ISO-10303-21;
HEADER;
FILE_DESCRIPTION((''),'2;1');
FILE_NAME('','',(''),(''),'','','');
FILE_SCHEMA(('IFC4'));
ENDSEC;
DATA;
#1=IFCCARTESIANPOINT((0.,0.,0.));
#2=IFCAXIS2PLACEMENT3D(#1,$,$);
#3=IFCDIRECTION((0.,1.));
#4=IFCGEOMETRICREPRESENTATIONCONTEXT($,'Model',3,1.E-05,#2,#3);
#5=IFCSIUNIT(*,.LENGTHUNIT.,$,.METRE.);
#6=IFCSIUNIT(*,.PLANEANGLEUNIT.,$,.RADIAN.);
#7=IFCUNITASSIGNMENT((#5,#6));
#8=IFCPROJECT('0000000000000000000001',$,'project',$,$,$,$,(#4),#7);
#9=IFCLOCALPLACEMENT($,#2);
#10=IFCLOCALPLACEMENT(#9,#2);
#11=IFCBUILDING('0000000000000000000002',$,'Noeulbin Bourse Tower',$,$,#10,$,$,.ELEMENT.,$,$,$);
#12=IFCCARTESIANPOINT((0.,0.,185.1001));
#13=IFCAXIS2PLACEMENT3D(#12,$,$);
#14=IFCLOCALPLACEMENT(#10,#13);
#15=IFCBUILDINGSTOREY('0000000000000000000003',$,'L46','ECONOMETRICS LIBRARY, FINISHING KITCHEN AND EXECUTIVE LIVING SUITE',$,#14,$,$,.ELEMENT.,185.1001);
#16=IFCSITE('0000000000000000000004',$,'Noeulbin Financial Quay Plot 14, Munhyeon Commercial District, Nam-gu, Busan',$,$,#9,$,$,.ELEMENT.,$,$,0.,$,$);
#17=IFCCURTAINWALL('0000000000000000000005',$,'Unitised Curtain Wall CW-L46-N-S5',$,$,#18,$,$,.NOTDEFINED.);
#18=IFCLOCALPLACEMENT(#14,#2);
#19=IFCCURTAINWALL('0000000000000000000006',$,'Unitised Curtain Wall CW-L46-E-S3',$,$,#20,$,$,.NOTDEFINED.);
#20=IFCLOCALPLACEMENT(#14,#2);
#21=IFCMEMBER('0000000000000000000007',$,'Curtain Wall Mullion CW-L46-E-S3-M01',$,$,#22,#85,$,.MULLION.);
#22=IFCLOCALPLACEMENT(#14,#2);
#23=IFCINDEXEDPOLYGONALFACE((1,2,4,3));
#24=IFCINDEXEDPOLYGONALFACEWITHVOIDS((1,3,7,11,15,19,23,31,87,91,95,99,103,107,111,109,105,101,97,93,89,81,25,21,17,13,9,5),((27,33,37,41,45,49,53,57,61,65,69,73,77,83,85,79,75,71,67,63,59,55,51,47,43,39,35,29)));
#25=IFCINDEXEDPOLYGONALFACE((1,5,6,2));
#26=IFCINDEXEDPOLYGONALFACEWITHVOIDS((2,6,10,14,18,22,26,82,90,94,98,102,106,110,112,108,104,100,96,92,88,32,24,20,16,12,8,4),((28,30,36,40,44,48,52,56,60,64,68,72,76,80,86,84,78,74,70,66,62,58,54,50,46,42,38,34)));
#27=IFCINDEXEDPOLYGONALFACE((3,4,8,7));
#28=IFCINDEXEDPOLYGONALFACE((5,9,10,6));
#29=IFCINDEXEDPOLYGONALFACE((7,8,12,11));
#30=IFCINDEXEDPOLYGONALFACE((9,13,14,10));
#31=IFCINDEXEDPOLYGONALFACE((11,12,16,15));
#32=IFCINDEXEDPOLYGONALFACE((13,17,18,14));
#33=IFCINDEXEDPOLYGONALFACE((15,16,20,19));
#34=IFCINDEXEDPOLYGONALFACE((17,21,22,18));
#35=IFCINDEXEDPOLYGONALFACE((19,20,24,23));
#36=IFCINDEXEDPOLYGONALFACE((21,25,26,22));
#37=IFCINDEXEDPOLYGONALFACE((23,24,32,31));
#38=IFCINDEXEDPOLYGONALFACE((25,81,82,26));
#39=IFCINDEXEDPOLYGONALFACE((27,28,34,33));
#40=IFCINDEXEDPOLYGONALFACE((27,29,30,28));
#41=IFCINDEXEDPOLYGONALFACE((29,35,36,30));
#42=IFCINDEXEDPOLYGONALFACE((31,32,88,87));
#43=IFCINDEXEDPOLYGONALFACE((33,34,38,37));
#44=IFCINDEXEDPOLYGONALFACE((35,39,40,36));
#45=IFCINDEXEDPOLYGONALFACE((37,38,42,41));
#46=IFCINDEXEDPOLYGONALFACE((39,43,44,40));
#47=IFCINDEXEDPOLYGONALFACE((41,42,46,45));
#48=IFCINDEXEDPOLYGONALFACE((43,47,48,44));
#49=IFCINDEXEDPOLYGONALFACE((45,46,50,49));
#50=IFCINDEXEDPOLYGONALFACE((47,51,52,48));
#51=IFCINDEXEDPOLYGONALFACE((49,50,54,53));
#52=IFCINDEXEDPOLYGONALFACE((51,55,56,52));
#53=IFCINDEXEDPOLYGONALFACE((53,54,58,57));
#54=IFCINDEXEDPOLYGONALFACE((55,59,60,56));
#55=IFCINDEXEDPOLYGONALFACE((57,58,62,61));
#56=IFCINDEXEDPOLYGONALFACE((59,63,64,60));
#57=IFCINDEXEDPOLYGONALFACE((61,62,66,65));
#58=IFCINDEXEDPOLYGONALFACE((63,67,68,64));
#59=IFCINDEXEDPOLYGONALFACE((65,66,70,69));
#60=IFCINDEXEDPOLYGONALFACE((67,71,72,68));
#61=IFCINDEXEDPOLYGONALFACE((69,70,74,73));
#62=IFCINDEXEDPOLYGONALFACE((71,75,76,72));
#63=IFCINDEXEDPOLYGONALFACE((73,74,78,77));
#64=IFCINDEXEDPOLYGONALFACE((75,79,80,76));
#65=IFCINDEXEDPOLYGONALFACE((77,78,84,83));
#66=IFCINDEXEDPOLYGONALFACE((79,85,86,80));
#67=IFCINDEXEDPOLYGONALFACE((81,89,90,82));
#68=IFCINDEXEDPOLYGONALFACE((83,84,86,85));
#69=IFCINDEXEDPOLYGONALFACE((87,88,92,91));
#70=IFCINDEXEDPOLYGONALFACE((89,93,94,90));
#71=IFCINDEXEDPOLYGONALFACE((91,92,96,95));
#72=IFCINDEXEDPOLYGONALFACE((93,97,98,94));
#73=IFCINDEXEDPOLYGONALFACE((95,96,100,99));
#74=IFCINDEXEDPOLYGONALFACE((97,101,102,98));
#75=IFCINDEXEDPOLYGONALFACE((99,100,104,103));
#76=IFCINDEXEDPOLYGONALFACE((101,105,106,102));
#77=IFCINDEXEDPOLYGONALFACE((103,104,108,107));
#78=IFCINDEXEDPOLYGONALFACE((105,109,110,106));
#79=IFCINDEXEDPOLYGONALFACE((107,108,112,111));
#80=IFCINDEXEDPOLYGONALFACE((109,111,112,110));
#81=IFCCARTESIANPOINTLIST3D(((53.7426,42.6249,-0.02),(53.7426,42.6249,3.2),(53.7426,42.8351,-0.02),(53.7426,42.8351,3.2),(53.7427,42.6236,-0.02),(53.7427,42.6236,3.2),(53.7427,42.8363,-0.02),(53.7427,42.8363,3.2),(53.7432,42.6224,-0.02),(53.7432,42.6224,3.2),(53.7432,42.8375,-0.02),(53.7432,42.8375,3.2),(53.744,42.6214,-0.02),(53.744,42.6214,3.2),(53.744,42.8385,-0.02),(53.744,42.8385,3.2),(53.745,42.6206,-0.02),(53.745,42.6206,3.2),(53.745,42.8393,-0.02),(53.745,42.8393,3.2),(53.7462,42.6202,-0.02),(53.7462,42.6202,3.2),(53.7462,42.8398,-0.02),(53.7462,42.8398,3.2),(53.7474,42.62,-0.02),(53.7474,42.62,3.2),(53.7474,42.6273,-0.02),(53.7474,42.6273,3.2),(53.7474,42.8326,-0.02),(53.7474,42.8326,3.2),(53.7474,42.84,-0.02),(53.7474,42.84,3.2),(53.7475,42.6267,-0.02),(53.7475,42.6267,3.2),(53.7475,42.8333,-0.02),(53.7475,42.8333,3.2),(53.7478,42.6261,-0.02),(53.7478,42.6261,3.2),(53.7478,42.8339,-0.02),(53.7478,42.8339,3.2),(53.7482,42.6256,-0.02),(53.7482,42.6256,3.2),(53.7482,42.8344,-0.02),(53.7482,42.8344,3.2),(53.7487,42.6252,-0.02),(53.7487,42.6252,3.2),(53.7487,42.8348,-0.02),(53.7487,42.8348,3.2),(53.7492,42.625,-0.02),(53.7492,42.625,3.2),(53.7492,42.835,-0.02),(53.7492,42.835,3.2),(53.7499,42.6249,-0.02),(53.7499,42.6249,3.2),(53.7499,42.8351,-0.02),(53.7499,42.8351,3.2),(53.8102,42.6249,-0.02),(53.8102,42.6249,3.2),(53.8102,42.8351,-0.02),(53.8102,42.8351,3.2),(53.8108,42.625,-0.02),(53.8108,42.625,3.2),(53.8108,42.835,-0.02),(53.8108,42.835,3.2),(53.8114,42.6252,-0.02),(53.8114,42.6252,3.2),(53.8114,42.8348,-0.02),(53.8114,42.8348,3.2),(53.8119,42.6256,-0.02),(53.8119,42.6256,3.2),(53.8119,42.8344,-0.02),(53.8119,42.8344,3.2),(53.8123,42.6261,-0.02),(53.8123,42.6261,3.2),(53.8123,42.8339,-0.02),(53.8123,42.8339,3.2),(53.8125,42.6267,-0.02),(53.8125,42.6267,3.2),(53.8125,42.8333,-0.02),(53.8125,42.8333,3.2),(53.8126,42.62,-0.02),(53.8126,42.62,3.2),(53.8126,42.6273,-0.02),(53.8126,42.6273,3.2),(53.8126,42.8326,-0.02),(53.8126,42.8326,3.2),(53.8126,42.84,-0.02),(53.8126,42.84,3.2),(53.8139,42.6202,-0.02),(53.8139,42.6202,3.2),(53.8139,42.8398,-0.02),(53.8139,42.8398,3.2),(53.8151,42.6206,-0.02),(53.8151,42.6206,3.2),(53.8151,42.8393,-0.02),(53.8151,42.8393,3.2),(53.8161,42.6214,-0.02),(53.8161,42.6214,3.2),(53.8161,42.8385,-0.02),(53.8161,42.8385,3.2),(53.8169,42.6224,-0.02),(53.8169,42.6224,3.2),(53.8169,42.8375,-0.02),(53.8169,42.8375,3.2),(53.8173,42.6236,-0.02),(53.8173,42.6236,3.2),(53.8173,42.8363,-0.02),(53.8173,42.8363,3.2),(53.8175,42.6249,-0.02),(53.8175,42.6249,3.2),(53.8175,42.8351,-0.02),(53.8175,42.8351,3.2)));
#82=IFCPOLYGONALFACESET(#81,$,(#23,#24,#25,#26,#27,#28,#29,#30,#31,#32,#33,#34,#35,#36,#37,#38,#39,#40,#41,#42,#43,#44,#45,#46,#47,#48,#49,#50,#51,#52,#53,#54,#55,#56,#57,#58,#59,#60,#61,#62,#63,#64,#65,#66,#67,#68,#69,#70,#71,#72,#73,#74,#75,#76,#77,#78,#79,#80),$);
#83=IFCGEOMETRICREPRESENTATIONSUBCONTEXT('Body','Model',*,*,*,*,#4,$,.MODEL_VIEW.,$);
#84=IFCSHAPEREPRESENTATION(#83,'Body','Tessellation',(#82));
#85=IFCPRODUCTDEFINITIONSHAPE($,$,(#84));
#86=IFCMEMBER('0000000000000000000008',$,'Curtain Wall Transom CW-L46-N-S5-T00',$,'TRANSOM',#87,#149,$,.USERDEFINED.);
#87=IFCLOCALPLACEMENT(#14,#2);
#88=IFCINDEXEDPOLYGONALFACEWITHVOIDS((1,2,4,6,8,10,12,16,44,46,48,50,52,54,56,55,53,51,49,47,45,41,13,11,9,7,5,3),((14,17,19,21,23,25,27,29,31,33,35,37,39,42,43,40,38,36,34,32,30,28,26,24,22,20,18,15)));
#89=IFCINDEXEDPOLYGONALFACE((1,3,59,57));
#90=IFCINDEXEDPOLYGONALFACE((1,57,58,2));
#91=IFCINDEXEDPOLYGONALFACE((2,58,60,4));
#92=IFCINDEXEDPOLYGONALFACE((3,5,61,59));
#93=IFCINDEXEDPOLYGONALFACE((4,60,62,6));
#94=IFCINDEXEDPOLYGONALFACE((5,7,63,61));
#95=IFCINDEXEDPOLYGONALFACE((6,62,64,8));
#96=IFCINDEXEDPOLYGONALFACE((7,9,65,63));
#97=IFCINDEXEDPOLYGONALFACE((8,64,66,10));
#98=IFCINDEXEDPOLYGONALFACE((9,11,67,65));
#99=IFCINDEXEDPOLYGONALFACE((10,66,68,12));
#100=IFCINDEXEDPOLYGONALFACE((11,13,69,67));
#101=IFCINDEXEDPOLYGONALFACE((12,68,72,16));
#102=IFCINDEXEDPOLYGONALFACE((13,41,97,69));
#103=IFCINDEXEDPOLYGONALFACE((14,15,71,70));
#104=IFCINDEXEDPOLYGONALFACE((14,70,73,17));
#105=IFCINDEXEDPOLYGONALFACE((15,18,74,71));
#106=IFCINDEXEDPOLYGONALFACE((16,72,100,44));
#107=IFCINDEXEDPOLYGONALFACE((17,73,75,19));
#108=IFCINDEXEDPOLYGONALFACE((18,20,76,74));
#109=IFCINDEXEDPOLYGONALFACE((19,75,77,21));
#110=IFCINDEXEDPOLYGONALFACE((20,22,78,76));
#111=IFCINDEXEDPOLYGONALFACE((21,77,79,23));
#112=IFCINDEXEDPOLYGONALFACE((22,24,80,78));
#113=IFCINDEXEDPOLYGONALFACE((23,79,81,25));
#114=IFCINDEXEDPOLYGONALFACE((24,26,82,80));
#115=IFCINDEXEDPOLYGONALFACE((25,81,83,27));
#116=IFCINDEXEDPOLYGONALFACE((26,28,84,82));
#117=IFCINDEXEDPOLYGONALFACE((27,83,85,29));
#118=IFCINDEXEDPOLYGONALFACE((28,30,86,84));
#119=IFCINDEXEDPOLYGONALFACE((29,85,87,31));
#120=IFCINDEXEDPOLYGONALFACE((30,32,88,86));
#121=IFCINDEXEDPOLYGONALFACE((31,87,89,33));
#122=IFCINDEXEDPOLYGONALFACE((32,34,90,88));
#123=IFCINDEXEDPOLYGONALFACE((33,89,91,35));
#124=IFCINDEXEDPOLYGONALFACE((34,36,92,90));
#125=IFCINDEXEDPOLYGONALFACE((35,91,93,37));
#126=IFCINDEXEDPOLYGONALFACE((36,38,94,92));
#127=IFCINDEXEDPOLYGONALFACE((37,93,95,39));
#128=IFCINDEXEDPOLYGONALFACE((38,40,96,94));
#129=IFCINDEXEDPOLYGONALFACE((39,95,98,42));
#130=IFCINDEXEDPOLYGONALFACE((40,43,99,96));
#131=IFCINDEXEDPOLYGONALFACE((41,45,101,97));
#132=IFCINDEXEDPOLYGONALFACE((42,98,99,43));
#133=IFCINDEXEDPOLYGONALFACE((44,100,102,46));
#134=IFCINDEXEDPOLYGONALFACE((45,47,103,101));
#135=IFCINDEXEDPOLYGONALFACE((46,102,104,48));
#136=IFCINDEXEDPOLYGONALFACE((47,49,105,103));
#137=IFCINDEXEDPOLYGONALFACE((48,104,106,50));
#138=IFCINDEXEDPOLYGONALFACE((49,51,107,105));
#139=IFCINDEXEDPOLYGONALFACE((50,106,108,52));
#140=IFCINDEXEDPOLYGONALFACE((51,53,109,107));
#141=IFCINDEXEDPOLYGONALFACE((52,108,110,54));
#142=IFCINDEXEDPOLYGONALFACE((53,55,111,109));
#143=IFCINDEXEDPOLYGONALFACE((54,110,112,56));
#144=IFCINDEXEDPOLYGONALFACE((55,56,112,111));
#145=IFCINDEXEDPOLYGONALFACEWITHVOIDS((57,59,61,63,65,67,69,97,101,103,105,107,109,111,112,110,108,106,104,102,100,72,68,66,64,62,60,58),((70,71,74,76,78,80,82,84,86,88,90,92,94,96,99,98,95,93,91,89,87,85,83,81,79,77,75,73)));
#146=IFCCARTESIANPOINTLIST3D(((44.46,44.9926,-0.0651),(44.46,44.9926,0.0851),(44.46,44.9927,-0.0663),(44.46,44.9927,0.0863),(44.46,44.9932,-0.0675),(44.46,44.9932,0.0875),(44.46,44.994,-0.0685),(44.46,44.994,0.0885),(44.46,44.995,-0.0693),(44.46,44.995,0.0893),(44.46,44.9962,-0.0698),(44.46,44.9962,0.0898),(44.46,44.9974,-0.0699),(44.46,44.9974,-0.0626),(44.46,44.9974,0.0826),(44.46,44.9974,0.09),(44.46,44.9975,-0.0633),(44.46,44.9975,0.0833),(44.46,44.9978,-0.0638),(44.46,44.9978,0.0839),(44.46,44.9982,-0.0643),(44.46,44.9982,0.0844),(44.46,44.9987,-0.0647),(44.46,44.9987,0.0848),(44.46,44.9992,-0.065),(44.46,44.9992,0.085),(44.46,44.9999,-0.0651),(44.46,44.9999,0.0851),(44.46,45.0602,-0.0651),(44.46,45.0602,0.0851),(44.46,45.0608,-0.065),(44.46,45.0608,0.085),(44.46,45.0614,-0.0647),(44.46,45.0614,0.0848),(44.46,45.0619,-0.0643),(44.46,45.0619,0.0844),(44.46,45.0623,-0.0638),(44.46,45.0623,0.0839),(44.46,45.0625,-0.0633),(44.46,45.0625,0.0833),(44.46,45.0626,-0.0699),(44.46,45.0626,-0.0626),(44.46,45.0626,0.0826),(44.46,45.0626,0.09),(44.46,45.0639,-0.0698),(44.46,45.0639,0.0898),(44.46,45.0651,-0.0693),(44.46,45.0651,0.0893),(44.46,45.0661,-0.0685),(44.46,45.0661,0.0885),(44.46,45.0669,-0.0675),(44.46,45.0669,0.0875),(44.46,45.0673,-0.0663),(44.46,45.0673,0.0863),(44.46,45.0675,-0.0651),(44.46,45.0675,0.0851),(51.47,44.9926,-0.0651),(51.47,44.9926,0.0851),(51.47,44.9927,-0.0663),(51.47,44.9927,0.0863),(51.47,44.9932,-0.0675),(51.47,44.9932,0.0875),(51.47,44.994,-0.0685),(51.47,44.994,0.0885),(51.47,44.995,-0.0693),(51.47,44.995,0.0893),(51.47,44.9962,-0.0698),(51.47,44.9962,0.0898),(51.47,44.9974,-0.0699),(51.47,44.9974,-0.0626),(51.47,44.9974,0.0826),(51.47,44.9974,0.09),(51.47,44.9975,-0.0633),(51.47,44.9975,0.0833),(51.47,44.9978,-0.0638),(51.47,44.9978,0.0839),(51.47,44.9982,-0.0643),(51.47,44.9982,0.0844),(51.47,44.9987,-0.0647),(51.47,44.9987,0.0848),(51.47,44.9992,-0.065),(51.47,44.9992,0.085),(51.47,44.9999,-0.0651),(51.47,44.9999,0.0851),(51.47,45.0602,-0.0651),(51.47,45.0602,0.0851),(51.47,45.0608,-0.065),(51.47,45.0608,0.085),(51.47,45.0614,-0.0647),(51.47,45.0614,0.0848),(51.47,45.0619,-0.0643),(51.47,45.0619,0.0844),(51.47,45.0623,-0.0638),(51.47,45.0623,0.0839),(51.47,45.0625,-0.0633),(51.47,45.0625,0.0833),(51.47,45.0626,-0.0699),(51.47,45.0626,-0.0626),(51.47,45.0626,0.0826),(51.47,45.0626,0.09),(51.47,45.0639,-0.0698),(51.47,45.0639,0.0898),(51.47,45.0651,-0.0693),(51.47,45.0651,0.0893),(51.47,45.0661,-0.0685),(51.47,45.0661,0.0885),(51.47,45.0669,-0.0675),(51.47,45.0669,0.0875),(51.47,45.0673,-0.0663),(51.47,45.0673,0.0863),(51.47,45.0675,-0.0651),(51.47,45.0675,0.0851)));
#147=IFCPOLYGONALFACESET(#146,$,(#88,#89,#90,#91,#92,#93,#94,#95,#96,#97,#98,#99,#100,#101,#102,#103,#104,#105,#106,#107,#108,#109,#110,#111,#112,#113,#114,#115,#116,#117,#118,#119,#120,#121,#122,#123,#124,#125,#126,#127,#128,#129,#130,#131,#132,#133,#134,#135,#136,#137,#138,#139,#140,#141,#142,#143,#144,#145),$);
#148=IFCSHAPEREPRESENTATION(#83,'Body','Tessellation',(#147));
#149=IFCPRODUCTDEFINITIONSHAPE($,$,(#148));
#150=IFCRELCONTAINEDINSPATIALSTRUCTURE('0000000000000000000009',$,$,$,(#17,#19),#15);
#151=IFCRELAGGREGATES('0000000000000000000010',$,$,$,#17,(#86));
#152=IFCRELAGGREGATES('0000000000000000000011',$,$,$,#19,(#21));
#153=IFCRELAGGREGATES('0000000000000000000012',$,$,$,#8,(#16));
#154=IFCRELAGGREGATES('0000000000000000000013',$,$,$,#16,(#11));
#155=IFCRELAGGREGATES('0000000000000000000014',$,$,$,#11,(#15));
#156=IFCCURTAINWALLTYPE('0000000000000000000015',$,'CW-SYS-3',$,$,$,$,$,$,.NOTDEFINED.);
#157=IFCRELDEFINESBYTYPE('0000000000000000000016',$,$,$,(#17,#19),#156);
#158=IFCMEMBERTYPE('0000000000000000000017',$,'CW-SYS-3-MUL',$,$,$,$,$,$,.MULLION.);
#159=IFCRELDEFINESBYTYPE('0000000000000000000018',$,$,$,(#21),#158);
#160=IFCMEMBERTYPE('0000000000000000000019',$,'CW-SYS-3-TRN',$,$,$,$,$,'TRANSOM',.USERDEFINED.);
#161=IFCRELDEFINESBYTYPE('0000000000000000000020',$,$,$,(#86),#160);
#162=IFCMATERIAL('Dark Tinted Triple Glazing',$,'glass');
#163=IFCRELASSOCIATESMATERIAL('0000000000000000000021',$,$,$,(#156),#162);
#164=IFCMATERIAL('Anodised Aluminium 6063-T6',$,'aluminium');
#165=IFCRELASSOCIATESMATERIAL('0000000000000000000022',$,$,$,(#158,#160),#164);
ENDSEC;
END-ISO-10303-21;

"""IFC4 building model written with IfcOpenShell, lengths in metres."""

from ifc_helpers import new_model, si_unit, direction, frame, origin, origin_2d, place, context, subcontext, project, spatial, hollow_rectangle, extrude, material, material_profile, profile_set, type_object, element, aggregate, save


model = new_model("IFC4")

# Units and contexts
model_context = context("Model", 3, precision=1e-05, world=origin(), true_north=direction((0.0, 1.0)))
body_context = subcontext(model_context, "Body", "Model", "MODEL_VIEW")
ifc_project = project(units=[si_unit("LENGTHUNIT", "METRE"), si_unit("PLANEANGLEUNIT", "RADIAN")], contexts=[model_context])

# Site, building, storey
site_placement = place(None, origin())
site = spatial("IfcSite", under=ifc_project, at=site_placement, Name="Noeulbin Financial Quay Plot 14, Munhyeon Commercial District, Nam-gu, Busan", CompositionType="ELEMENT", RefElevation=0.0)
building_placement = place(site_placement, origin())
building = spatial("IfcBuilding", under=site, at=building_placement, Name="Noeulbin Bourse Tower", CompositionType="ELEMENT")
storey_placement = place(building_placement, frame((0.0, 0.0, 185.1001)))
storey = spatial("IfcBuildingStorey", under=building, at=storey_placement, Name="L46", Description="ECONOMETRICS LIBRARY, FINISHING KITCHEN AND EXECUTIVE LIVING SUITE", CompositionType="ELEMENT", Elevation=185.1001)

# Shared definitions
ifc_material_1 = material(Name="Dark Tinted Triple Glazing", Category="glass")
curtain_wall_type = type_object("IfcCurtainWallType", Name="CW-SYS-3", PredefinedType="NOTDEFINED", material=ifc_material_1)
ifc_material_2 = material(Name="Anodised Aluminium 6063-T6", Category="aluminium")
ifc_material_profile_1 = material_profile(ifc_material_2, hollow_rectangle(XDim=0.075, YDim=0.22, WallThickness=0.0049, InnerFilletRadius=0.0024, OuterFilletRadius=0.0049, at=origin_2d()), Name="ALU-MULL-75x220x5", Category="LoadBearing")
ifc_profile_set_1 = profile_set([ifc_material_profile_1], Name="Anodised Aluminium 6063-T6")
member_type_1 = type_object("IfcMemberType", Name="CW-SYS-3-MUL", PredefinedType="MULLION", material=ifc_profile_set_1)

# Curtain walls, member
curtain_wall_1_placement = place(storey_placement, origin())
curtain_wall_1 = element("IfcCurtainWall", 1, at=curtain_wall_1_placement, inside=storey, type_object=curtain_wall_type, Name="Unitised Curtain Wall CW-L46-N-S5", PredefinedType="NOTDEFINED")
curtain_wall_2_placement = place(storey_placement, origin())
curtain_wall_2 = element("IfcCurtainWall", 2, at=curtain_wall_2_placement, inside=storey, type_object=curtain_wall_type, Name="Unitised Curtain Wall CW-L46-E-S3", PredefinedType="NOTDEFINED")
member_1_placement = place(storey_placement, frame((53.78, 42.73, -0.02), z_axis=(0.0, 0.0, 1.0), x_axis=(1.0, 0.0, 0.0)))
member_1 = element("IfcMember", 3, at=member_1_placement, type_object=member_type_1, Name="Curtain Wall Mullion CW-L46-E-S3-M01", PredefinedType="MULLION", context=body_context, shape_type="SweptSolid", body=[
    extrude(hollow_rectangle(XDim=0.075, YDim=0.22, WallThickness=0.0049, InnerFilletRadius=0.0024, OuterFilletRadius=0.0049, at=origin_2d()), origin(), (0.0, 0.0, 1.0), 3.22),
])

# Member
ifc_material_profile_2 = material_profile(ifc_material_2, hollow_rectangle(XDim=0.075, YDim=0.1599, WallThickness=0.0049, InnerFilletRadius=0.0024, OuterFilletRadius=0.0049, at=origin_2d()), Name="ALU-TRAN-75x160x5", Category="LoadBearing")
ifc_profile_set_2 = profile_set([ifc_material_profile_2], Name="Anodised Aluminium 6063-T6")
member_type_2 = type_object("IfcMemberType", Name="CW-SYS-3-TRN", ElementType="TRANSOM", PredefinedType="USERDEFINED", material=ifc_profile_set_2)
member_2_placement = place(storey_placement, frame((44.46, 45.03, 0.01), z_axis=(1.0, 0.0, 0.0), x_axis=(0.0, 1.0, 0.0)))
member_2 = element("IfcMember", 4, at=member_2_placement, type_object=member_type_2, Name="Curtain Wall Transom CW-L46-N-S5-T00", ObjectType="TRANSOM", PredefinedType="USERDEFINED", context=body_context, shape_type="SweptSolid", body=[
    extrude(hollow_rectangle(XDim=0.075, YDim=0.1599, WallThickness=0.0049, InnerFilletRadius=0.0024, OuterFilletRadius=0.0049, at=origin_2d()), origin(), (0.0, 0.0, 1.0), 7.01),
])

aggregate(curtain_wall_1, [member_2])
aggregate(curtain_wall_2, [member_1])

save(model, "model.ifc")
